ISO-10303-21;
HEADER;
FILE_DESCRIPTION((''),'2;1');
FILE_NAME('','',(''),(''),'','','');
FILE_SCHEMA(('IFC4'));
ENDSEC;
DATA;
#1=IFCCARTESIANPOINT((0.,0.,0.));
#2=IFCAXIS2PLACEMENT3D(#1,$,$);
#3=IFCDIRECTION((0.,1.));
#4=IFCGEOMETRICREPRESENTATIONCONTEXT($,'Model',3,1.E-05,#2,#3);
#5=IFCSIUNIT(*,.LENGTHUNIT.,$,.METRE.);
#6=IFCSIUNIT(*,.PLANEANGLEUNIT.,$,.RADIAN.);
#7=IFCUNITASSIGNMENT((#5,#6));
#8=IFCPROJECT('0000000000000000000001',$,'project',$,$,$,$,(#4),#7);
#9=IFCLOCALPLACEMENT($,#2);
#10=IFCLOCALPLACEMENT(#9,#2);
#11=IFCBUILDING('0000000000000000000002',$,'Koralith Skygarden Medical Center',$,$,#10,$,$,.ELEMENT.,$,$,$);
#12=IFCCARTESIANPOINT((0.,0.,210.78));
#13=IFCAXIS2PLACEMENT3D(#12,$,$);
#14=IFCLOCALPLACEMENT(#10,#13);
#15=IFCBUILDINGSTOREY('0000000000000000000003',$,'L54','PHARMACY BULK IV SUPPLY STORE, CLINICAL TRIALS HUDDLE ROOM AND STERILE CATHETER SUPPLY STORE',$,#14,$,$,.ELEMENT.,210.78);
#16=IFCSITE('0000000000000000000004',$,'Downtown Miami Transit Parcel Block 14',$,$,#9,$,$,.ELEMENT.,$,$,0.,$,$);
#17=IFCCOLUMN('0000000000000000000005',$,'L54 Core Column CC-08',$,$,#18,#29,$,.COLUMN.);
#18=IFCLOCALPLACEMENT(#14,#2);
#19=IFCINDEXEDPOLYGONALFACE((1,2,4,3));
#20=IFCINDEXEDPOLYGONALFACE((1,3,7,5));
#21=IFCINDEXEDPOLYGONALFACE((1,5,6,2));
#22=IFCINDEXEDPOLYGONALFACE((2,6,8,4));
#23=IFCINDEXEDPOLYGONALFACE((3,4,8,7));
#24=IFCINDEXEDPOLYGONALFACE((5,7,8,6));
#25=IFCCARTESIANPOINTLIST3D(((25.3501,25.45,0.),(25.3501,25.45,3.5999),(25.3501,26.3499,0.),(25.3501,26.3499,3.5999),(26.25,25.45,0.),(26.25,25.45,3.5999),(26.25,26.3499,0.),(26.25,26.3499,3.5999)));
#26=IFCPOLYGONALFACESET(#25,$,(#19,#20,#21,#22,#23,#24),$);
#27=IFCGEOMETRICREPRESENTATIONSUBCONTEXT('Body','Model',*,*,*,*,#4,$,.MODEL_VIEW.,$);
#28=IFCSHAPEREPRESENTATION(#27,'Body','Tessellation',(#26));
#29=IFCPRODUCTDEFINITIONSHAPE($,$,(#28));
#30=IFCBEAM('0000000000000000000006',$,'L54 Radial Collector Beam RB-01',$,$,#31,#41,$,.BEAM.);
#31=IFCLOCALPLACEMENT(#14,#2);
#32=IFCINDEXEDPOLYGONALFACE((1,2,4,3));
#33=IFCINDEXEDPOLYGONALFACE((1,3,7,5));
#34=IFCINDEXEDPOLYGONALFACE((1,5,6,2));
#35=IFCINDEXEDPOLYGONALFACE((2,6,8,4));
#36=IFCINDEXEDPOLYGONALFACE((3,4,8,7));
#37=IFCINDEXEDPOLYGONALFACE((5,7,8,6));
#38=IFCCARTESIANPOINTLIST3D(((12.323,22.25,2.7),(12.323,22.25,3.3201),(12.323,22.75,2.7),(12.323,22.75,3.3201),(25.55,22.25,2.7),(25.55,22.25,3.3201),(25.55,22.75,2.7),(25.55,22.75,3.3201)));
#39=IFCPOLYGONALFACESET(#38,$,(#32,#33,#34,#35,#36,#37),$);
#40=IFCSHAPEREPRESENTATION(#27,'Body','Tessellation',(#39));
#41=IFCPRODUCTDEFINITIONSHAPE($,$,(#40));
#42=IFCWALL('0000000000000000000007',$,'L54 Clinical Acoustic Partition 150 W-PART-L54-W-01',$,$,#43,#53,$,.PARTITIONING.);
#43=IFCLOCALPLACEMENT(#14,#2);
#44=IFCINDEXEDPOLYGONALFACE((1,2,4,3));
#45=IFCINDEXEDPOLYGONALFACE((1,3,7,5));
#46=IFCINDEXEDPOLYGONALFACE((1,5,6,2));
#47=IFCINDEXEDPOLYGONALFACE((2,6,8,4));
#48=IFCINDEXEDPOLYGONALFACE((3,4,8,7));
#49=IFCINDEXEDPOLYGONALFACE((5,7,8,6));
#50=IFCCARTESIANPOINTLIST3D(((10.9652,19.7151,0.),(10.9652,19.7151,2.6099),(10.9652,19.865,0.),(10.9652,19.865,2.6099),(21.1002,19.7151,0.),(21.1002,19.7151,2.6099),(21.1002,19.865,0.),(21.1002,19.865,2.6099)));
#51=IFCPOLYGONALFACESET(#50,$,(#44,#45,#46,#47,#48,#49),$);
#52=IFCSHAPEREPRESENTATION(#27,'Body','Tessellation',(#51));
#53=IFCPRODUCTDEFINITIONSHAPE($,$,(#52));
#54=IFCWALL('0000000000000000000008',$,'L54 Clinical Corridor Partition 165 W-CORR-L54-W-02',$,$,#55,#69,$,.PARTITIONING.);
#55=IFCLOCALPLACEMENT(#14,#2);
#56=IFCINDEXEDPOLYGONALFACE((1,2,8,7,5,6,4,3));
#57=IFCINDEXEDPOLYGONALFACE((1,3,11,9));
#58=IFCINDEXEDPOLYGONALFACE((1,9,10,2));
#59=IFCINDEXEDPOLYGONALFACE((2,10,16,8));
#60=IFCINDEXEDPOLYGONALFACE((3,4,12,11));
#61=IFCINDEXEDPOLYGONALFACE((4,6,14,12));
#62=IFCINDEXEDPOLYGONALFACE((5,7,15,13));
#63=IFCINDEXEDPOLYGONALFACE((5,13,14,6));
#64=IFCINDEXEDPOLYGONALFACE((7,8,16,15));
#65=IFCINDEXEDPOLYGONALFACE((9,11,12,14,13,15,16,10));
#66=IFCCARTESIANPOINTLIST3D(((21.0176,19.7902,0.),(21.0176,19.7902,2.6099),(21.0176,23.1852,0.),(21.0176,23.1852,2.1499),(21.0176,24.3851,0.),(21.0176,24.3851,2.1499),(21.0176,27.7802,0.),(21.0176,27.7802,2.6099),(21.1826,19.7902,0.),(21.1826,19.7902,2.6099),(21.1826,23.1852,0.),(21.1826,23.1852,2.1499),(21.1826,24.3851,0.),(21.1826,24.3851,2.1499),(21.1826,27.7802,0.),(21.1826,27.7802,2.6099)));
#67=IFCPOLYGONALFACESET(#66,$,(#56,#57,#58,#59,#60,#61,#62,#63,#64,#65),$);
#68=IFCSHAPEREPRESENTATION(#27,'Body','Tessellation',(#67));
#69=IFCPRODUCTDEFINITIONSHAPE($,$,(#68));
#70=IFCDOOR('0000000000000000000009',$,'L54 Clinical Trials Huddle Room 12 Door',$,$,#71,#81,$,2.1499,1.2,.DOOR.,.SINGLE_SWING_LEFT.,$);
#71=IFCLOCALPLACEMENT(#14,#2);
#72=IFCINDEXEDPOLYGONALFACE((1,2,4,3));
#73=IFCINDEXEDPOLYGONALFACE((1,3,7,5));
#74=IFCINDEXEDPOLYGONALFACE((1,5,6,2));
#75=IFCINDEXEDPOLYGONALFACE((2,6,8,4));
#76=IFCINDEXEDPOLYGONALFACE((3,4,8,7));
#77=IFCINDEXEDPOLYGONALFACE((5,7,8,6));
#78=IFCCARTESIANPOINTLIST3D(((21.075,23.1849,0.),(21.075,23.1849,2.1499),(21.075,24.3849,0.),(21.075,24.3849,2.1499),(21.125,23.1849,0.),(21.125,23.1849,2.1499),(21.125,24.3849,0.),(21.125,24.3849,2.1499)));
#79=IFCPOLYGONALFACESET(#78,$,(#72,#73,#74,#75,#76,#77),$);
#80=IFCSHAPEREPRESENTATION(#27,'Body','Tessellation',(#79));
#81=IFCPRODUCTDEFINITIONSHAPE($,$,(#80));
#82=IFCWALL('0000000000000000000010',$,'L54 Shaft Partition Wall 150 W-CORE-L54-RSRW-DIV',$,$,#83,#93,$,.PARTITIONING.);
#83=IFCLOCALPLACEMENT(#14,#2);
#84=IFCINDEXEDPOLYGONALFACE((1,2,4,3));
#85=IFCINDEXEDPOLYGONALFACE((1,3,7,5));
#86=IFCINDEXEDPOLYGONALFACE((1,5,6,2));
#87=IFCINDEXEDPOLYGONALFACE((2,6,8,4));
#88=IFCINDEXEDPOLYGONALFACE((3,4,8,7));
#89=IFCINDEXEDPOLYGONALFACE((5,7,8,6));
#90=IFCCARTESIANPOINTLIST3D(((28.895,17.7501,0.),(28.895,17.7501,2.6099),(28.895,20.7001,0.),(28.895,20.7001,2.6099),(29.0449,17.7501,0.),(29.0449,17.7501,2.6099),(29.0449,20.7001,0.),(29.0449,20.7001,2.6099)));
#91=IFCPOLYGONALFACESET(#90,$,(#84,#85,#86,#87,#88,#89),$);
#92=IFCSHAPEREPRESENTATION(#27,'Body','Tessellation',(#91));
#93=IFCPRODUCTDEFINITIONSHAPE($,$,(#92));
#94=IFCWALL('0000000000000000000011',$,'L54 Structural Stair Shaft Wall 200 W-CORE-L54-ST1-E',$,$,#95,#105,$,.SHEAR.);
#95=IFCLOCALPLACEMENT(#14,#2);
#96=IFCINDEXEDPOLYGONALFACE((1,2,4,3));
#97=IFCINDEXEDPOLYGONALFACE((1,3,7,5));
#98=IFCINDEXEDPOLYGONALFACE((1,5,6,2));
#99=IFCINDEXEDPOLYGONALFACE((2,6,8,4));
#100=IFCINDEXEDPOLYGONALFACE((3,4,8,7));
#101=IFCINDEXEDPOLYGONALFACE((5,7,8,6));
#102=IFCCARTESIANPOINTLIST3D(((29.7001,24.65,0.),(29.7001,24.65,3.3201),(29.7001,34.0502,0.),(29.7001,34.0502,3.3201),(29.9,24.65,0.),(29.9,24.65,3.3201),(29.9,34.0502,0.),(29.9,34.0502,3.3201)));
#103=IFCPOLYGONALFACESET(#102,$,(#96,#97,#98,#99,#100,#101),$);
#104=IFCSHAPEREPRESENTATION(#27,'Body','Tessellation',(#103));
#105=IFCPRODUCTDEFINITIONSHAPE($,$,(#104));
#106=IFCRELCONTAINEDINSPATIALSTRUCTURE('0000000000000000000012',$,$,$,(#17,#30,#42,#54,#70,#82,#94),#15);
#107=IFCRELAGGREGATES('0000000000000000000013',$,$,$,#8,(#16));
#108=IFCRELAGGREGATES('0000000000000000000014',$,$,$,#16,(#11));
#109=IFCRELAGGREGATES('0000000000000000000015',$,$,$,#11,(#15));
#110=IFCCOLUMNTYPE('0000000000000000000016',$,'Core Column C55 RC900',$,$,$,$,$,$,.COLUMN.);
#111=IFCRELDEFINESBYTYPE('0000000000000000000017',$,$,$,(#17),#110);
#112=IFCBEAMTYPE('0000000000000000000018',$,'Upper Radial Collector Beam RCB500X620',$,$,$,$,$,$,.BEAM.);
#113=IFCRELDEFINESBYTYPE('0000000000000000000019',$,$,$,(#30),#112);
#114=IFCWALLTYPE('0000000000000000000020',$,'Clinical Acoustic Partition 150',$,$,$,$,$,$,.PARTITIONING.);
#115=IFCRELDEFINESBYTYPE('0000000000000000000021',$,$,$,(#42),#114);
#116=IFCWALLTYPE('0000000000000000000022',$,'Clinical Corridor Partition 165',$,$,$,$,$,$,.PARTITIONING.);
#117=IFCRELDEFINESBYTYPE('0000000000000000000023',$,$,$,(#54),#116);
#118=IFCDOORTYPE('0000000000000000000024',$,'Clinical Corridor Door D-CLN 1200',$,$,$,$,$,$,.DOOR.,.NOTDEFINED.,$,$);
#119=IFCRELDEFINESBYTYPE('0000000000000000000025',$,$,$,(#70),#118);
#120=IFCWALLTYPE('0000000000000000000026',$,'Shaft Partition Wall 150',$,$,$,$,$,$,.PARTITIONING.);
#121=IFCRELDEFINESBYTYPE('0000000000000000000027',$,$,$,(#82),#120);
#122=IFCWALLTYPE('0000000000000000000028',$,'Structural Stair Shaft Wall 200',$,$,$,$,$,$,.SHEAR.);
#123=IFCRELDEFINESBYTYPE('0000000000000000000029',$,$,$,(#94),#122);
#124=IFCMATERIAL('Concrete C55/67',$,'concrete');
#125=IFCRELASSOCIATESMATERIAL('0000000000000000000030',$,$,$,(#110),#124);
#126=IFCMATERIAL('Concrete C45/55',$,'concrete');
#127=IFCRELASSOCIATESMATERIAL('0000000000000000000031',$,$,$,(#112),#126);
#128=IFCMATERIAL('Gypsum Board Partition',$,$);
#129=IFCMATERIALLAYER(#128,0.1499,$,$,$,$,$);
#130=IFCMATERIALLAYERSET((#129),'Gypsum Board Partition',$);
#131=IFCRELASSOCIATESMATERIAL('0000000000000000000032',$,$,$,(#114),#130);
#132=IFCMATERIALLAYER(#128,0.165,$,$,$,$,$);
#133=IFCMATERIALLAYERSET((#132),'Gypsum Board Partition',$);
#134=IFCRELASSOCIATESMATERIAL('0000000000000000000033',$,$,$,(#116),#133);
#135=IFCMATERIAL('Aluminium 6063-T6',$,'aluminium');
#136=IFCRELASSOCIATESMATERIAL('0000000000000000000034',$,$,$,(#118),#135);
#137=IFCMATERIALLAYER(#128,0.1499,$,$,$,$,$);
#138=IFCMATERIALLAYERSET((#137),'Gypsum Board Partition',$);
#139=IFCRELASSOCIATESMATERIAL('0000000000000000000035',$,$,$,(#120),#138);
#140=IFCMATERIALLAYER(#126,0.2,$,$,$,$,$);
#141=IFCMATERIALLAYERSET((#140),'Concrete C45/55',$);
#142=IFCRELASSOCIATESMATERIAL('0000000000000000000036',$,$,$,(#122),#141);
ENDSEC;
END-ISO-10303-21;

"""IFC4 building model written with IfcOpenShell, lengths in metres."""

from ifc_helpers import new_model, si_unit, direction, frame, frame_2d, origin, origin_2d, place, context, subcontext, project, spatial, rectangle, extrude, material, layer, layer_set, material_profile, profile_set, type_object, element, fill, save


model = new_model("IFC4")

# Units and contexts
model_context = context("Model", 3, precision=1e-05, world=origin(), true_north=direction((0.0, 1.0)))
body_context = subcontext(model_context, "Body", "Model", "MODEL_VIEW")
ifc_project = project(units=[si_unit("LENGTHUNIT", "METRE"), si_unit("PLANEANGLEUNIT", "RADIAN")], contexts=[model_context])

# Site, building, storey
site_placement = place(None, origin())
site = spatial("IfcSite", under=ifc_project, at=site_placement, Name="Downtown Miami Transit Parcel Block 14", CompositionType="ELEMENT", RefElevation=0.0)
building_placement = place(site_placement, origin())
building = spatial("IfcBuilding", under=site, at=building_placement, Name="Koralith Skygarden Medical Center", CompositionType="ELEMENT")
storey_placement = place(building_placement, frame((0.0, 0.0, 210.78)))
storey = spatial("IfcBuildingStorey", under=building, at=storey_placement, Name="L54", Description="PHARMACY BULK IV SUPPLY STORE, CLINICAL TRIALS HUDDLE ROOM AND STERILE CATHETER SUPPLY STORE", CompositionType="ELEMENT", Elevation=210.78)

# Column
ifc_material_1 = material(Name="Concrete C55/67", Category="concrete")
ifc_material_profile_1 = material_profile(ifc_material_1, rectangle(XDim=0.8999, YDim=0.8999, at=origin_2d()), Name="RC900X900")
ifc_profile_set_1 = profile_set([ifc_material_profile_1], Name="Concrete C55/67")
column_type = type_object("IfcColumnType", Name="Core Column C55 RC900", PredefinedType="COLUMN", material=ifc_profile_set_1)
column_placement = place(storey_placement, frame((25.8, 25.8999, 0.0), z_axis=(0.0, 0.0, 1.0), x_axis=(1.0, 0.0, 0.0)))
element("IfcColumn", 1, at=column_placement, inside=storey, type_object=column_type, Name="L54 Core Column CC-08", PredefinedType="COLUMN", context=body_context, shape_type="SweptSolid", body=[
    extrude(rectangle(XDim=0.8999, YDim=0.8999, at=origin_2d()), origin(), (0.0, 0.0, 1.0), 3.5999),
])

# Beam
ifc_material_2 = material(Name="Concrete C45/55", Category="concrete")
ifc_material_profile_2 = material_profile(ifc_material_2, rectangle(XDim=0.5, YDim=0.6201, at=origin_2d()), Name="RCB500X620")
ifc_profile_set_2 = profile_set([ifc_material_profile_2], Name="Concrete C45/55")
beam_type = type_object("IfcBeamType", Name="Upper Radial Collector Beam RCB500X620", PredefinedType="BEAM", material=ifc_profile_set_2)
beam_placement = place(storey_placement, frame((25.55, 22.5, 3.01), z_axis=(-1.0, 0.0, 0.0), x_axis=(0.0, -1.0, 0.0)))
element("IfcBeam", 2, at=beam_placement, inside=storey, type_object=beam_type, Name="L54 Radial Collector Beam RB-01", PredefinedType="BEAM", context=body_context, shape_type="SweptSolid", body=[
    extrude(rectangle(XDim=0.5, YDim=0.6201, at=origin_2d()), origin(), (0.0, 0.0, 1.0), 13.2271),
])

# Wall
ifc_material_3 = material(Name="Gypsum Board Partition")
ifc_layer_1 = layer(ifc_material_3, 0.1499)
ifc_layer_set_1 = layer_set([ifc_layer_1], Name="Gypsum Board Partition")
wall_type_1 = type_object("IfcWallType", Name="Clinical Acoustic Partition 150", PredefinedType="PARTITIONING", material=ifc_layer_set_1)
wall_1_placement = place(storey_placement, frame((21.1001, 19.79, 0.0), z_axis=(0.0, 0.0, 1.0), x_axis=(-1.0, 0.0, 0.0)))
element("IfcWall", 3, at=wall_1_placement, inside=storey, type_object=wall_type_1, Name="L54 Clinical Acoustic Partition 150 W-PART-L54-W-01", PredefinedType="PARTITIONING", context=body_context, shape_type="SweptSolid", body=[
    extrude(rectangle(XDim=10.135, YDim=0.1499, at=frame_2d((5.0674, 0.0))), origin(), (0.0, 0.0, 1.0), 2.6099),
])

# Wall, opening, door
ifc_layer_2 = layer(ifc_material_3, 0.165)
ifc_layer_set_2 = layer_set([ifc_layer_2], Name="Gypsum Board Partition")
wall_type_2 = type_object("IfcWallType", Name="Clinical Corridor Partition 165", PredefinedType="PARTITIONING", material=ifc_layer_set_2)
wall_2_placement = place(storey_placement, frame((21.1001, 19.79, 0.0), z_axis=(0.0, 0.0, 1.0), x_axis=(0.0, 1.0, 0.0)))
wall_2 = element("IfcWall", 4, at=wall_2_placement, inside=storey, type_object=wall_type_2, Name="L54 Clinical Corridor Partition 165 W-CORR-L54-W-02", PredefinedType="PARTITIONING", context=body_context, shape_type="SweptSolid", body=[
    extrude(rectangle(XDim=7.99, YDim=0.165, at=frame_2d((3.9951, 0.0))), origin(), (0.0, 0.0, 1.0), 2.6099),
])
opening_1_placement = place(wall_2_placement, frame((3.395, 0.0, 0.0)))
opening_1 = element("IfcOpeningElement", 5, at=opening_1_placement, cuts=wall_2, PredefinedType="OPENING", context=body_context, shape_type="SweptSolid", body=[
    extrude(rectangle(XDim=1.2, YDim=2.1499, at=frame_2d((0.6001, 1.075))), frame((0.0, 0.0925, 0.0), z_axis=(0.0, -1.0, 0.0), x_axis=(1.0, 0.0, 0.0)), (0.0, 0.0, 1.0), 0.1851),
])
ifc_material_4 = material(Name="Aluminium 6063-T6", Category="aluminium")
door_type_1 = type_object("IfcDoorType", Name="Clinical Corridor Door D-CLN 1200", OperationType="NOTDEFINED", PredefinedType="DOOR", material=ifc_material_4)
door_1_placement = place(opening_1_placement, frame((1.2, 0.0, 0.0), z_axis=(0.0, 0.0, 1.0), x_axis=(-1.0, 0.0, 0.0)))
door_1 = element("IfcDoor", 6, at=door_1_placement, inside=storey, type_object=door_type_1, Name="L54 Clinical Trials Huddle Room 12 Door", OperationType="SINGLE_SWING_LEFT", OverallHeight=2.1499, OverallWidth=1.2, PredefinedType="DOOR", context=body_context, shape_type="SweptSolid", body=[
    extrude(rectangle(XDim=1.2, YDim=2.1499, at=frame_2d((0.6001, 1.075))), frame((0.0, 0.0249, 0.0), z_axis=(0.0, -1.0, 0.0), x_axis=(1.0, 0.0, 0.0)), (0.0, 0.0, 1.0), 0.05),
])
fill(opening_1, door_1)

# Walls
ifc_layer_3 = layer(ifc_material_3, 0.1499)
ifc_layer_set_3 = layer_set([ifc_layer_3], Name="Gypsum Board Partition")
wall_type_3 = type_object("IfcWallType", Name="Shaft Partition Wall 150", PredefinedType="PARTITIONING", material=ifc_layer_set_3)
wall_3_placement = place(storey_placement, frame((28.97, 17.75, 0.0), z_axis=(0.0, 0.0, 1.0), x_axis=(0.0, 1.0, 0.0)))
element("IfcWall", 7, at=wall_3_placement, inside=storey, type_object=wall_type_3, Name="L54 Shaft Partition Wall 150 W-CORE-L54-RSRW-DIV", PredefinedType="PARTITIONING", context=body_context, shape_type="SweptSolid", body=[
    extrude(rectangle(XDim=2.95, YDim=0.1499, at=frame_2d((1.4751, 0.0))), origin(), (0.0, 0.0, 1.0), 2.6099),
])
ifc_layer_4 = layer(ifc_material_2, 0.2)
ifc_layer_set_4 = layer_set([ifc_layer_4], Name="Concrete C45/55")
wall_type_4 = type_object("IfcWallType", Name="Structural Stair Shaft Wall 200", PredefinedType="SHEAR", material=ifc_layer_set_4)
wall_4_placement = place(storey_placement, frame((29.8, 24.6499, 0.0), z_axis=(0.0, 0.0, 1.0), x_axis=(0.0, 1.0, 0.0)))
element("IfcWall", 8, at=wall_4_placement, inside=storey, type_object=wall_type_4, Name="L54 Structural Stair Shaft Wall 200 W-CORE-L54-ST1-E", PredefinedType="SHEAR", context=body_context, shape_type="SweptSolid", body=[
    extrude(rectangle(XDim=9.4001, YDim=0.2, at=frame_2d((4.7002, 0.0))), origin(), (0.0, 0.0, 1.0), 3.3201),
])

save(model, "model.ifc")
